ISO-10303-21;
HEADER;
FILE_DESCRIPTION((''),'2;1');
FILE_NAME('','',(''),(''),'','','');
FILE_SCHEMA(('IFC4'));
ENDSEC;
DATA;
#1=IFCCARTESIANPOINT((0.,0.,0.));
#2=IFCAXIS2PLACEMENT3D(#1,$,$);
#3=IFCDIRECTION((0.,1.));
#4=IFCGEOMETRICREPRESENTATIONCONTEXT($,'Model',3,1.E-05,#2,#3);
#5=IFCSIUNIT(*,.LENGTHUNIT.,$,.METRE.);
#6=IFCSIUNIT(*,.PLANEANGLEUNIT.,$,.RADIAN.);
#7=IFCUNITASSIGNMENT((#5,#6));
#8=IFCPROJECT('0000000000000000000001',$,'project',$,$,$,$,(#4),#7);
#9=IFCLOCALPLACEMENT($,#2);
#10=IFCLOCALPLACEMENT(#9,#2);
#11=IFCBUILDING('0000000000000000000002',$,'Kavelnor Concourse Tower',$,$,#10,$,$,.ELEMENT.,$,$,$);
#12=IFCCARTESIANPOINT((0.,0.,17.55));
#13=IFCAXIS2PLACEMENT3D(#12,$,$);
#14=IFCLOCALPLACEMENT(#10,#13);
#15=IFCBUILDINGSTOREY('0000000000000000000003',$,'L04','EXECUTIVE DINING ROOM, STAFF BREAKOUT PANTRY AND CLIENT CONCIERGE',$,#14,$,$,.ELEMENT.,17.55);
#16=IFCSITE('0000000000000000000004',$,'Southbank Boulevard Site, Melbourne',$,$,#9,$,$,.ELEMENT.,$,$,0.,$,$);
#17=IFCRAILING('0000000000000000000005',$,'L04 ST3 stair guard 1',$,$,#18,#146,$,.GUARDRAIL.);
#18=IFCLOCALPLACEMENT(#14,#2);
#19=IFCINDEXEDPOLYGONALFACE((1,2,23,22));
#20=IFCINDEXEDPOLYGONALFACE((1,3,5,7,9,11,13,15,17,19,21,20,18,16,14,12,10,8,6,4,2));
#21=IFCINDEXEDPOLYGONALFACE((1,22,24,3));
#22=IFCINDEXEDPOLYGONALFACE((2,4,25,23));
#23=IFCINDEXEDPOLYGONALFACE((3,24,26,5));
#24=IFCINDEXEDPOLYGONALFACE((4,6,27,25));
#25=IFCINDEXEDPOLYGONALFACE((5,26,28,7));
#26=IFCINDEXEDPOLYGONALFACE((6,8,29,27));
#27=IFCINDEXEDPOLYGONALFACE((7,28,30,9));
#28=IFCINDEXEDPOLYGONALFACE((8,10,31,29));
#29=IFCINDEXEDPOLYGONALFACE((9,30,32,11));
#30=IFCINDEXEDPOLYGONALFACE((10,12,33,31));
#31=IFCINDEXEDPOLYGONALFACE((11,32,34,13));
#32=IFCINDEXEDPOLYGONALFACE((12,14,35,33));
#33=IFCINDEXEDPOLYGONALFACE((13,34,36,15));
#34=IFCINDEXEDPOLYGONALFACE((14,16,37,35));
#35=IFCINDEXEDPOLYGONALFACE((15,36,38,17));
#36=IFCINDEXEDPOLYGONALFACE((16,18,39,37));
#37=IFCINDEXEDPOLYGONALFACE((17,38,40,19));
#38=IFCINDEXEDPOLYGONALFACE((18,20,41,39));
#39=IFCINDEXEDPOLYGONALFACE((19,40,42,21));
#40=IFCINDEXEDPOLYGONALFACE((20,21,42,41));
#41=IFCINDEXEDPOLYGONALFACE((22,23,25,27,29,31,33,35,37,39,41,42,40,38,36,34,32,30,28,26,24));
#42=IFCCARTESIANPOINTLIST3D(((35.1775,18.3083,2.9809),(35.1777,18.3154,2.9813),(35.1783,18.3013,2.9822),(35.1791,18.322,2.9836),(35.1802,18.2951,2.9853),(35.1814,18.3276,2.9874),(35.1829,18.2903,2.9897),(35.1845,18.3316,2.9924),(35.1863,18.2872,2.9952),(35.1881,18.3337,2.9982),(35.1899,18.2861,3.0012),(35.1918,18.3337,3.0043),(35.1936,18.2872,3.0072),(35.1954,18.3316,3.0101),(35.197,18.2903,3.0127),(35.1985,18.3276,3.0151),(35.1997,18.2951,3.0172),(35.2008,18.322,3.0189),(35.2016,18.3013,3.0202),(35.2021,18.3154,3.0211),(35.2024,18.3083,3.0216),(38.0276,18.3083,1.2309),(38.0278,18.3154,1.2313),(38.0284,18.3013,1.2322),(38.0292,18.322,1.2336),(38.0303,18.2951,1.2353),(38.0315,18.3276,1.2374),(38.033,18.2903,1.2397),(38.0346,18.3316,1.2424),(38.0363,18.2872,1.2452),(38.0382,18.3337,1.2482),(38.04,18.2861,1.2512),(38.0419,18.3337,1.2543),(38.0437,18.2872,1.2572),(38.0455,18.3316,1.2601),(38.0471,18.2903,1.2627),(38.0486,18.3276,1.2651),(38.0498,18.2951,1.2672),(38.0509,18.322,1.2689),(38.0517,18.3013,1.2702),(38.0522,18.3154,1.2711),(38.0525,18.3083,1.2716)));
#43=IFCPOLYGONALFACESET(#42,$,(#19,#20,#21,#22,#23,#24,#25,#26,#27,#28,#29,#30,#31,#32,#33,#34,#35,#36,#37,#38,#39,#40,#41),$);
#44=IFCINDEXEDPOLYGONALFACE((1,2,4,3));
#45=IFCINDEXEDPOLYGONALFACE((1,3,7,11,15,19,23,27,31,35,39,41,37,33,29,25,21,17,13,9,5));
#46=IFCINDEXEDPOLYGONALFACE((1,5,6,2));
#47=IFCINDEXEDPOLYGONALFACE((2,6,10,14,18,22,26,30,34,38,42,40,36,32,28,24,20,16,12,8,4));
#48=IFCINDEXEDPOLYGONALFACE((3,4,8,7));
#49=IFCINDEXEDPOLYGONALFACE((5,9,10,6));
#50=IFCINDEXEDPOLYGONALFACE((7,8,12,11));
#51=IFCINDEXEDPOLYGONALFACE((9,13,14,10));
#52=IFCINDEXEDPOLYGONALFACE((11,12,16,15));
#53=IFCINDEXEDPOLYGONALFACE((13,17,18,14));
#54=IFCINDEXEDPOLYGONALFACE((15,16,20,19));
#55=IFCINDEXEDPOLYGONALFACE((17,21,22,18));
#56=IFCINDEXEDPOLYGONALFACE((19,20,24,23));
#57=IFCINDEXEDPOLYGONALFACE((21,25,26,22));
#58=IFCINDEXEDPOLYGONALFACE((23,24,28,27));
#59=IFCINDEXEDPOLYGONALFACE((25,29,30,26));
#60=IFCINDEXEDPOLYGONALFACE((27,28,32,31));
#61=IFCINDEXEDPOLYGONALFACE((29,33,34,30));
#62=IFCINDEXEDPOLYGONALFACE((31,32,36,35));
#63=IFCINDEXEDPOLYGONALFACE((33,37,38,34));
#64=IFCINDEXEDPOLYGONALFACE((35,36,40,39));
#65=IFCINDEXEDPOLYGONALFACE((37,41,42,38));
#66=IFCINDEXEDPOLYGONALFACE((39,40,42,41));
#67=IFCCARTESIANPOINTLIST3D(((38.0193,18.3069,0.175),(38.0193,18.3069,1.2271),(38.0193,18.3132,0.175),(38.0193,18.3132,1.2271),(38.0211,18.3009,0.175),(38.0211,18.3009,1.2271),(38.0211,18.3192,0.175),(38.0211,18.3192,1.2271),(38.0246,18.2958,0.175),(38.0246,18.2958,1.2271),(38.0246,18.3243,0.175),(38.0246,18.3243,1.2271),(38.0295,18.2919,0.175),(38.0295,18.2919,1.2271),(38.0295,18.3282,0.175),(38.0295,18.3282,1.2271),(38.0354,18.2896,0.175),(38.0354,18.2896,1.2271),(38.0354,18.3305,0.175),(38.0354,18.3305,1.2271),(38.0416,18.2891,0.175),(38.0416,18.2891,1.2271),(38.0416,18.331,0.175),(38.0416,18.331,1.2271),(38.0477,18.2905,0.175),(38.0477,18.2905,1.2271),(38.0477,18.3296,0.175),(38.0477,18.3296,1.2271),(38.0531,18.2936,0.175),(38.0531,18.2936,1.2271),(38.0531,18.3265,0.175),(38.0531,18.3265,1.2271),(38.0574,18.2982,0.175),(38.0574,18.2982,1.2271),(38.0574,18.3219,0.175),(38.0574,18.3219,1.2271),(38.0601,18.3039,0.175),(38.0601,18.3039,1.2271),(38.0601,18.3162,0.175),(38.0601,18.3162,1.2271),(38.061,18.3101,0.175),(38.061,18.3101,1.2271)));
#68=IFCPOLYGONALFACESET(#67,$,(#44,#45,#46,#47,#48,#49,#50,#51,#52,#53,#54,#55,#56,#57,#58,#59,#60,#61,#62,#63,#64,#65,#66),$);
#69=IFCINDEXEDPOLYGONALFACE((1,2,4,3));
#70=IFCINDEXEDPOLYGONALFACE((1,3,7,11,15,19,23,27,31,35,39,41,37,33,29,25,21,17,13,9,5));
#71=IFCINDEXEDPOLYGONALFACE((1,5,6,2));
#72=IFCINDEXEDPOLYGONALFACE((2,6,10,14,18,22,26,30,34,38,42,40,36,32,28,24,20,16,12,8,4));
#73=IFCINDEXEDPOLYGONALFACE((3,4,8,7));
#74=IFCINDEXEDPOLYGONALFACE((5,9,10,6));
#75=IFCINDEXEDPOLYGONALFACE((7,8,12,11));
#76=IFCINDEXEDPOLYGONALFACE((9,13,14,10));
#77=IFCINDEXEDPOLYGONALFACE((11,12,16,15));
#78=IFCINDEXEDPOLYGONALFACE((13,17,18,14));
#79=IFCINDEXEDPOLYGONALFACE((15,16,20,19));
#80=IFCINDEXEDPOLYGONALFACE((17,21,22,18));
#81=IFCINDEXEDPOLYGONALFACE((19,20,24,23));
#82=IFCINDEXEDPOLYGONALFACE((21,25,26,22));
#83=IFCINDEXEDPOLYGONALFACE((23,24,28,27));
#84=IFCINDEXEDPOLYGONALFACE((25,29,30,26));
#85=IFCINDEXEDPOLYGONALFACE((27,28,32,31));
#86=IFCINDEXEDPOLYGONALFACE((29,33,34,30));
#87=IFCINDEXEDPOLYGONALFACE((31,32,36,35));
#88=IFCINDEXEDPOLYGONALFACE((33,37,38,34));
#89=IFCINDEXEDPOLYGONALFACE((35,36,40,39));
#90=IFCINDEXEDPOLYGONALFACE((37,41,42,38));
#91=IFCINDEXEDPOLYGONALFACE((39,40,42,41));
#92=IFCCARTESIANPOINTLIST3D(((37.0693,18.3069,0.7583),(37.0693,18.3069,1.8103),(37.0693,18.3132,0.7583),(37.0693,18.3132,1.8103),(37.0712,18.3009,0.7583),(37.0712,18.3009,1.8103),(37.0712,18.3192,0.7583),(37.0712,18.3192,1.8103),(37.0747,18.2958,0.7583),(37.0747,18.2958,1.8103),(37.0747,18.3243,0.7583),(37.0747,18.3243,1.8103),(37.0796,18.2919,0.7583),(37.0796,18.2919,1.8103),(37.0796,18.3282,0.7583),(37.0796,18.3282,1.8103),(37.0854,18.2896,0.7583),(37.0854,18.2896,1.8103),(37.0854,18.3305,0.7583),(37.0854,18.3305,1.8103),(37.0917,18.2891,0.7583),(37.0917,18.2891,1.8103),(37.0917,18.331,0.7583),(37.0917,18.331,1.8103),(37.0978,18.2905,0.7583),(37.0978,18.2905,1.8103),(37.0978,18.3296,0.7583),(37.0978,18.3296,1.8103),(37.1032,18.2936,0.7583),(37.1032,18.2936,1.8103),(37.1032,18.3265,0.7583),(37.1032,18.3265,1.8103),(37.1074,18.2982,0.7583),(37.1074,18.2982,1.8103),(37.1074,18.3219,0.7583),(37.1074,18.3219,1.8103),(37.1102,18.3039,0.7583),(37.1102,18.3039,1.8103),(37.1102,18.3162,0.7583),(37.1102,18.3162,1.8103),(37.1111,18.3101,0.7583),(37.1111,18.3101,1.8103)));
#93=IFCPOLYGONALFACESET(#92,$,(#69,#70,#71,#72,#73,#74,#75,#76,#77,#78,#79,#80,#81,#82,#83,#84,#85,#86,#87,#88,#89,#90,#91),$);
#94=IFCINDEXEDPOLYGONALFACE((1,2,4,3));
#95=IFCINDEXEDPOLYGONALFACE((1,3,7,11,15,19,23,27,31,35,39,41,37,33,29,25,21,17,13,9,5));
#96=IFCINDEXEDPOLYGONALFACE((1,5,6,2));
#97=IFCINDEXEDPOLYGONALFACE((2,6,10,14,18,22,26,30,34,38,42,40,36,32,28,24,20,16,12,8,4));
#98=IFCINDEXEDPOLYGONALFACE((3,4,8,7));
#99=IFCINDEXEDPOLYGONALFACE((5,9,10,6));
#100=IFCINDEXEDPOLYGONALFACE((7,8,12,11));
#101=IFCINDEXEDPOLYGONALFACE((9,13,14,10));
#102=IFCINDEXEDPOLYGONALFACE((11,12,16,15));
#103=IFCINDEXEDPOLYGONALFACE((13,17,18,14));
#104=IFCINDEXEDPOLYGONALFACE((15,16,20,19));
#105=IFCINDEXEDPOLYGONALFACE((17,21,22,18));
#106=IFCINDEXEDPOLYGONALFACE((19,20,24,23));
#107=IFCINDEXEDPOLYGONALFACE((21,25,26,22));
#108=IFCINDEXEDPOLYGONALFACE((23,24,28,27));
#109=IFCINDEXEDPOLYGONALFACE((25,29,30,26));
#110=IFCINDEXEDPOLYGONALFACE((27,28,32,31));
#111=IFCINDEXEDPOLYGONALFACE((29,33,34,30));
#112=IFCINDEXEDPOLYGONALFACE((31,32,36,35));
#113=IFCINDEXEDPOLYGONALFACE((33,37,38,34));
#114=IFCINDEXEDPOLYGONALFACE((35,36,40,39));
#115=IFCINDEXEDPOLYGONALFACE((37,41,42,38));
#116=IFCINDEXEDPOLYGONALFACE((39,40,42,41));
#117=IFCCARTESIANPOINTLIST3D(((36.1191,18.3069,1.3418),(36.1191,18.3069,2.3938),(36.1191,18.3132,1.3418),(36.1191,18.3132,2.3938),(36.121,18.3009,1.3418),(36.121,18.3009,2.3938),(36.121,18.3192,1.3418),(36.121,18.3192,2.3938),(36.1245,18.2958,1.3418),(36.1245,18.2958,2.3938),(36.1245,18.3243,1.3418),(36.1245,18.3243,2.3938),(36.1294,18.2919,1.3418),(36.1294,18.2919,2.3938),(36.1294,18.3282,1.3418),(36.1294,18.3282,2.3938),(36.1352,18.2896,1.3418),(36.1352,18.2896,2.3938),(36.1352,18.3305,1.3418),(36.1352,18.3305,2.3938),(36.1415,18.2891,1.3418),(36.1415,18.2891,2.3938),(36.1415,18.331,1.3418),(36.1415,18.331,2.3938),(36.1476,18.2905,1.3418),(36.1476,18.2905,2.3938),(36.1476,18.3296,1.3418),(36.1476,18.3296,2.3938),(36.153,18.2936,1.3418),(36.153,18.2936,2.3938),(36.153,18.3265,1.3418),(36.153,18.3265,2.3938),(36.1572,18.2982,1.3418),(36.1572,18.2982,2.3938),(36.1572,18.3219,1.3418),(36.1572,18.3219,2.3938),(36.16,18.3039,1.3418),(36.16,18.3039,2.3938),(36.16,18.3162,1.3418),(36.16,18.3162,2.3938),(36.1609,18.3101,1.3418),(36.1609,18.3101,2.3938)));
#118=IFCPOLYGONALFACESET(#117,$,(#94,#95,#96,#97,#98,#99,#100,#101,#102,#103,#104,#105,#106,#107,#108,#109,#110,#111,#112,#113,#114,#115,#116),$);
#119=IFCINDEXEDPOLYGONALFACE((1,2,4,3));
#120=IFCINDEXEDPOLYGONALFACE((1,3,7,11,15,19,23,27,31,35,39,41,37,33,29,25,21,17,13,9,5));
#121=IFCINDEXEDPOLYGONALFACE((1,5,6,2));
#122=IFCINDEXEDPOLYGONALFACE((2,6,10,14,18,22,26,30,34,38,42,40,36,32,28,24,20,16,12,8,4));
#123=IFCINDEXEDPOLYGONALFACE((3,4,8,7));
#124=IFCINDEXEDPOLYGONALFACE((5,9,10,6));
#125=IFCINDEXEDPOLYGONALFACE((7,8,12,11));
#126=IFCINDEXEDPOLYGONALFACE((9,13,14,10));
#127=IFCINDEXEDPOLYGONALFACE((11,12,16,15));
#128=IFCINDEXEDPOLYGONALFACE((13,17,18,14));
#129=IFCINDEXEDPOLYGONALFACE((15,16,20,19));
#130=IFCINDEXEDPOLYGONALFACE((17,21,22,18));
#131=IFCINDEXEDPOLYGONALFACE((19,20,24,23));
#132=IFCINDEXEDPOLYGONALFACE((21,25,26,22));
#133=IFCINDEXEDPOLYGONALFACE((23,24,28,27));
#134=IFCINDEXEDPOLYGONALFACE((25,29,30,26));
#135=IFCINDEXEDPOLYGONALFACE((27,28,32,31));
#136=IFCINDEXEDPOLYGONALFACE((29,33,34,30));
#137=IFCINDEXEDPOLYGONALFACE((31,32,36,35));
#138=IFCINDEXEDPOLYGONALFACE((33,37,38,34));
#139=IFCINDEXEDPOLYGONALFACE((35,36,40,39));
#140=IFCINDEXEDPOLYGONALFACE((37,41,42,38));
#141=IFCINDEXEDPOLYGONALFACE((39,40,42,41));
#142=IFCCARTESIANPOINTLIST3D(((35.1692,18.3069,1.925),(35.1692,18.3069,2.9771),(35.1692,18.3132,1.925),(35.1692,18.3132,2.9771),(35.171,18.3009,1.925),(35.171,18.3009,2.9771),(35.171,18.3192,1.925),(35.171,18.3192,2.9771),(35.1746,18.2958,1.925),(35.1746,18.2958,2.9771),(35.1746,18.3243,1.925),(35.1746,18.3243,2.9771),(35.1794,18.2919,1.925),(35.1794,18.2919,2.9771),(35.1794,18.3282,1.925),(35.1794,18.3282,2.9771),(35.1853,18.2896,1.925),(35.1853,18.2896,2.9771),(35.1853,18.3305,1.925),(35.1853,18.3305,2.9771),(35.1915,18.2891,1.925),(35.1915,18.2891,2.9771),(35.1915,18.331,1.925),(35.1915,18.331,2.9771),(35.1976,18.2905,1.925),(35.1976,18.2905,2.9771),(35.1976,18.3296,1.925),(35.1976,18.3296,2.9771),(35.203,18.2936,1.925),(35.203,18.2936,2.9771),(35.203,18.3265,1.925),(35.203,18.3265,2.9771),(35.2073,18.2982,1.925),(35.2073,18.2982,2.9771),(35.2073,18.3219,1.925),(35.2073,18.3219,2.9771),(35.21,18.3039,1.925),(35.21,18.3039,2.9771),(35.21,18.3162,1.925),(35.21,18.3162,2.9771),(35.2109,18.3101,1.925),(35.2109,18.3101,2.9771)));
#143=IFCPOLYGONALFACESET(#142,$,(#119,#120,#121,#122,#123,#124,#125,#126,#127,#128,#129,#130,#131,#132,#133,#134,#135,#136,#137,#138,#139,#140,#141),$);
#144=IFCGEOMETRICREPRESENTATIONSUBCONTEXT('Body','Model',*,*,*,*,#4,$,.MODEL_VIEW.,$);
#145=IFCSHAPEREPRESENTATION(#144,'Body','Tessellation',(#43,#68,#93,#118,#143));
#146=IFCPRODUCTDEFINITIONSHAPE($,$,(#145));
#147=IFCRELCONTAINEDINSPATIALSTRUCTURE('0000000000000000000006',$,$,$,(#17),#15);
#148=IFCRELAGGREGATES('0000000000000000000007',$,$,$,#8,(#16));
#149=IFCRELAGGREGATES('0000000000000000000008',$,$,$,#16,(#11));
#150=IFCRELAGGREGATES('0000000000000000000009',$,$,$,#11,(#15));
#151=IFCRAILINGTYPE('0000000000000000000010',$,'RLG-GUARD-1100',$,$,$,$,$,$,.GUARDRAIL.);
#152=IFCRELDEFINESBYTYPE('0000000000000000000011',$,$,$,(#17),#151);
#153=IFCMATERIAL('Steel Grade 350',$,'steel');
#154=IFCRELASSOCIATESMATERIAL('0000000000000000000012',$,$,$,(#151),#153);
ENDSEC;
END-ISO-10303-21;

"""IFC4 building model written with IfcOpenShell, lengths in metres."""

from ifc_helpers import new_model, si_unit, direction, frame, origin, origin_2d, place, context, subcontext, project, spatial, circle, extrude, material, type_object, element, save


model = new_model("IFC4")

# Units and contexts
model_context = context("Model", 3, precision=1e-05, world=origin(), true_north=direction((0.0, 1.0)))
body_context = subcontext(model_context, "Body", "Model", "MODEL_VIEW")
ifc_project = project(units=[si_unit("LENGTHUNIT", "METRE"), si_unit("PLANEANGLEUNIT", "RADIAN")], contexts=[model_context])

# Site, building, storey
site_placement = place(None, origin())
site = spatial("IfcSite", under=ifc_project, at=site_placement, Name="Southbank Boulevard Site, Melbourne", CompositionType="ELEMENT", RefElevation=0.0)
building_placement = place(site_placement, origin())
building = spatial("IfcBuilding", under=site, at=building_placement, Name="Kavelnor Concourse Tower", CompositionType="ELEMENT")
storey_placement = place(building_placement, frame((0.0, 0.0, 17.55)))
storey = spatial("IfcBuildingStorey", under=building, at=storey_placement, Name="L04", Description="EXECUTIVE DINING ROOM, STAFF BREAKOUT PANTRY AND CLIENT CONCIERGE", CompositionType="ELEMENT", Elevation=17.55)

# Shared definitions
ifc_material_1 = material(Name="Steel Grade 350", Category="steel")

# Railing
railing_type_1 = type_object("IfcRailingType", Name="RLG-GUARD-1100", PredefinedType="GUARDRAIL", material=ifc_material_1)
railing_1_placement = place(storey_placement, frame((38.04, 18.3101, 0.175)))
element("IfcRailing", 1, at=railing_1_placement, inside=storey, type_object=railing_type_1, Name="L04 ST3 stair guard 1", PredefinedType="GUARDRAIL", context=body_context, shape_type="SweptSolid", body=[
    extrude(circle(Radius=0.0239, at=origin_2d()), frame((0.0, 0.0, 1.0762), z_axis=(-0.852179, 0.0, 0.52325), x_axis=(0.0, -1.0, 0.0)), (0.0, 0.0, 1.0), 3.3445),
    extrude(circle(Radius=0.021, at=origin_2d()), origin(), (0.0, 0.0, 1.0), 1.052),
    extrude(circle(Radius=0.021, at=origin_2d()), frame((-0.95, 0.0, 0.5833)), (0.0, 0.0, 1.0), 1.052),
    extrude(circle(Radius=0.021, at=origin_2d()), frame((-1.9001, 0.0, 1.1667)), (0.0, 0.0, 1.0), 1.052),
    extrude(circle(Radius=0.021, at=origin_2d()), frame((-2.8501, 0.0, 1.75)), (0.0, 0.0, 1.0), 1.052),
])

save(model, "model.ifc")
